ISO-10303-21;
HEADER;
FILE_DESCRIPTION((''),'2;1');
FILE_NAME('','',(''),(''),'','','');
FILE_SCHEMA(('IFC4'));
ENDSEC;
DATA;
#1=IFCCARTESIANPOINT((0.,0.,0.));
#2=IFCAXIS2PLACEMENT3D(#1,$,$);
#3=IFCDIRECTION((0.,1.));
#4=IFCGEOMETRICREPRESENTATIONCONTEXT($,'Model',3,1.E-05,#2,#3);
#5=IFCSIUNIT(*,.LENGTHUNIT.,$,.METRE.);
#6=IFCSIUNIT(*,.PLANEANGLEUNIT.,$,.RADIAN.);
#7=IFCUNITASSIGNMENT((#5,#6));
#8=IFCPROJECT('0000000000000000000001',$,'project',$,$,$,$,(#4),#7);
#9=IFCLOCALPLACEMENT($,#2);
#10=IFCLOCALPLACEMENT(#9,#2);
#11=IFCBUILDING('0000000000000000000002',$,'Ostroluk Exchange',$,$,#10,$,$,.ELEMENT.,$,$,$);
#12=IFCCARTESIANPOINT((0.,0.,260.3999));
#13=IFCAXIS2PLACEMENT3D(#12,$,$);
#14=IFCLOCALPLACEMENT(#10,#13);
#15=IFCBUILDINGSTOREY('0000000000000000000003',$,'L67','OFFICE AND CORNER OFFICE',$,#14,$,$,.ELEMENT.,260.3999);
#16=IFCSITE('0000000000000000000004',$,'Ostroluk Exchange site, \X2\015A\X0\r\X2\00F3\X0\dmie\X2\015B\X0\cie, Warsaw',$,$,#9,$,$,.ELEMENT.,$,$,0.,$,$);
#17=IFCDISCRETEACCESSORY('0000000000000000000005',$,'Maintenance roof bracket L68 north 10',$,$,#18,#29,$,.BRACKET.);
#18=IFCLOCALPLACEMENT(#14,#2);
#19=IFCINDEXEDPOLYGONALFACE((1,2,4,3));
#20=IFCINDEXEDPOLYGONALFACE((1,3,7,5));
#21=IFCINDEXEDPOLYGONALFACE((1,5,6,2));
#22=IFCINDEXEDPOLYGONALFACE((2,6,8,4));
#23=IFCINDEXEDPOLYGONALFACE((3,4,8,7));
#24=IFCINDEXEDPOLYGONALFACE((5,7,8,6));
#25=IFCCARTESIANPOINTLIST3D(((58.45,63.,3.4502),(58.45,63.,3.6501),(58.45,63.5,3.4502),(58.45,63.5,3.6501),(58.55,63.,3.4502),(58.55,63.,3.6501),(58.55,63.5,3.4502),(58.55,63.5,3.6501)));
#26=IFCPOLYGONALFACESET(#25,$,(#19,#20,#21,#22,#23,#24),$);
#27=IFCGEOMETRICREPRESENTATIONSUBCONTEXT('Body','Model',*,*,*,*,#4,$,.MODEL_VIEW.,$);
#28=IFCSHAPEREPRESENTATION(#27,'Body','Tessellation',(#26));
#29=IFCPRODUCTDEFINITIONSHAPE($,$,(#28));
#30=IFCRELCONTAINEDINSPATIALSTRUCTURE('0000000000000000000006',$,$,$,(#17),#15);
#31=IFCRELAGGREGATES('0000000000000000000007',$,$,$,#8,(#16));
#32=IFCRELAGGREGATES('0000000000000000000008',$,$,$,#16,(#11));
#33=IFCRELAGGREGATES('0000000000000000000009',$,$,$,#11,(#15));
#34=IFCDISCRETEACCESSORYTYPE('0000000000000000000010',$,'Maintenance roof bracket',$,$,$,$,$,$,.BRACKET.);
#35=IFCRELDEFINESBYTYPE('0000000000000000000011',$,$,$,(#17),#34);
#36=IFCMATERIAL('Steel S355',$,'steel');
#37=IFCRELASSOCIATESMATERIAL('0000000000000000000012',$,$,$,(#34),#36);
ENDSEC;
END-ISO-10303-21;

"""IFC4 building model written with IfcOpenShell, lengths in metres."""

from ifc_helpers import new_model, si_unit, direction, frame, origin, origin_2d, place, context, subcontext, project, spatial, rectangle, extrude, material, type_object, element, save


model = new_model("IFC4")

# Units and contexts
model_context = context("Model", 3, precision=1e-05, world=origin(), true_north=direction((0.0, 1.0)))
body_context = subcontext(model_context, "Body", "Model", "MODEL_VIEW")
ifc_project = project(units=[si_unit("LENGTHUNIT", "METRE"), si_unit("PLANEANGLEUNIT", "RADIAN")], contexts=[model_context])

# Site, building, storey
site_placement = place(None, origin())
site = spatial("IfcSite", under=ifc_project, at=site_placement, Name="Ostroluk Exchange site, Śródmieście, Warsaw", CompositionType="ELEMENT", RefElevation=0.0)
building_placement = place(site_placement, origin())
building = spatial("IfcBuilding", under=site, at=building_placement, Name="Ostroluk Exchange", CompositionType="ELEMENT")
storey_placement = place(building_placement, frame((0.0, 0.0, 260.3999)))
storey = spatial("IfcBuildingStorey", under=building, at=storey_placement, Name="L67", Description="OFFICE AND CORNER OFFICE", CompositionType="ELEMENT", Elevation=260.3999)

# Discrete accessory
ifc_material_1 = material(Name="Steel S355", Category="steel")
discrete_accessory_type = type_object("IfcDiscreteAccessoryType", Name="Maintenance roof bracket", PredefinedType="BRACKET", material=ifc_material_1)
discrete_accessory_1_placement = place(storey_placement, frame((58.5, 63.25, 3.4502), z_axis=(0.0, 0.0, 1.0), x_axis=(1.0, 0.0, 0.0)))
element("IfcDiscreteAccessory", 1, at=discrete_accessory_1_placement, inside=storey, type_object=discrete_accessory_type, Name="Maintenance roof bracket L68 north 10", PredefinedType="BRACKET", context=body_context, shape_type="SweptSolid", body=[
    extrude(rectangle(XDim=0.1001, YDim=0.5, at=origin_2d()), origin(), (0.0, 0.0, 1.0), 0.2),
])

save(model, "model.ifc")
